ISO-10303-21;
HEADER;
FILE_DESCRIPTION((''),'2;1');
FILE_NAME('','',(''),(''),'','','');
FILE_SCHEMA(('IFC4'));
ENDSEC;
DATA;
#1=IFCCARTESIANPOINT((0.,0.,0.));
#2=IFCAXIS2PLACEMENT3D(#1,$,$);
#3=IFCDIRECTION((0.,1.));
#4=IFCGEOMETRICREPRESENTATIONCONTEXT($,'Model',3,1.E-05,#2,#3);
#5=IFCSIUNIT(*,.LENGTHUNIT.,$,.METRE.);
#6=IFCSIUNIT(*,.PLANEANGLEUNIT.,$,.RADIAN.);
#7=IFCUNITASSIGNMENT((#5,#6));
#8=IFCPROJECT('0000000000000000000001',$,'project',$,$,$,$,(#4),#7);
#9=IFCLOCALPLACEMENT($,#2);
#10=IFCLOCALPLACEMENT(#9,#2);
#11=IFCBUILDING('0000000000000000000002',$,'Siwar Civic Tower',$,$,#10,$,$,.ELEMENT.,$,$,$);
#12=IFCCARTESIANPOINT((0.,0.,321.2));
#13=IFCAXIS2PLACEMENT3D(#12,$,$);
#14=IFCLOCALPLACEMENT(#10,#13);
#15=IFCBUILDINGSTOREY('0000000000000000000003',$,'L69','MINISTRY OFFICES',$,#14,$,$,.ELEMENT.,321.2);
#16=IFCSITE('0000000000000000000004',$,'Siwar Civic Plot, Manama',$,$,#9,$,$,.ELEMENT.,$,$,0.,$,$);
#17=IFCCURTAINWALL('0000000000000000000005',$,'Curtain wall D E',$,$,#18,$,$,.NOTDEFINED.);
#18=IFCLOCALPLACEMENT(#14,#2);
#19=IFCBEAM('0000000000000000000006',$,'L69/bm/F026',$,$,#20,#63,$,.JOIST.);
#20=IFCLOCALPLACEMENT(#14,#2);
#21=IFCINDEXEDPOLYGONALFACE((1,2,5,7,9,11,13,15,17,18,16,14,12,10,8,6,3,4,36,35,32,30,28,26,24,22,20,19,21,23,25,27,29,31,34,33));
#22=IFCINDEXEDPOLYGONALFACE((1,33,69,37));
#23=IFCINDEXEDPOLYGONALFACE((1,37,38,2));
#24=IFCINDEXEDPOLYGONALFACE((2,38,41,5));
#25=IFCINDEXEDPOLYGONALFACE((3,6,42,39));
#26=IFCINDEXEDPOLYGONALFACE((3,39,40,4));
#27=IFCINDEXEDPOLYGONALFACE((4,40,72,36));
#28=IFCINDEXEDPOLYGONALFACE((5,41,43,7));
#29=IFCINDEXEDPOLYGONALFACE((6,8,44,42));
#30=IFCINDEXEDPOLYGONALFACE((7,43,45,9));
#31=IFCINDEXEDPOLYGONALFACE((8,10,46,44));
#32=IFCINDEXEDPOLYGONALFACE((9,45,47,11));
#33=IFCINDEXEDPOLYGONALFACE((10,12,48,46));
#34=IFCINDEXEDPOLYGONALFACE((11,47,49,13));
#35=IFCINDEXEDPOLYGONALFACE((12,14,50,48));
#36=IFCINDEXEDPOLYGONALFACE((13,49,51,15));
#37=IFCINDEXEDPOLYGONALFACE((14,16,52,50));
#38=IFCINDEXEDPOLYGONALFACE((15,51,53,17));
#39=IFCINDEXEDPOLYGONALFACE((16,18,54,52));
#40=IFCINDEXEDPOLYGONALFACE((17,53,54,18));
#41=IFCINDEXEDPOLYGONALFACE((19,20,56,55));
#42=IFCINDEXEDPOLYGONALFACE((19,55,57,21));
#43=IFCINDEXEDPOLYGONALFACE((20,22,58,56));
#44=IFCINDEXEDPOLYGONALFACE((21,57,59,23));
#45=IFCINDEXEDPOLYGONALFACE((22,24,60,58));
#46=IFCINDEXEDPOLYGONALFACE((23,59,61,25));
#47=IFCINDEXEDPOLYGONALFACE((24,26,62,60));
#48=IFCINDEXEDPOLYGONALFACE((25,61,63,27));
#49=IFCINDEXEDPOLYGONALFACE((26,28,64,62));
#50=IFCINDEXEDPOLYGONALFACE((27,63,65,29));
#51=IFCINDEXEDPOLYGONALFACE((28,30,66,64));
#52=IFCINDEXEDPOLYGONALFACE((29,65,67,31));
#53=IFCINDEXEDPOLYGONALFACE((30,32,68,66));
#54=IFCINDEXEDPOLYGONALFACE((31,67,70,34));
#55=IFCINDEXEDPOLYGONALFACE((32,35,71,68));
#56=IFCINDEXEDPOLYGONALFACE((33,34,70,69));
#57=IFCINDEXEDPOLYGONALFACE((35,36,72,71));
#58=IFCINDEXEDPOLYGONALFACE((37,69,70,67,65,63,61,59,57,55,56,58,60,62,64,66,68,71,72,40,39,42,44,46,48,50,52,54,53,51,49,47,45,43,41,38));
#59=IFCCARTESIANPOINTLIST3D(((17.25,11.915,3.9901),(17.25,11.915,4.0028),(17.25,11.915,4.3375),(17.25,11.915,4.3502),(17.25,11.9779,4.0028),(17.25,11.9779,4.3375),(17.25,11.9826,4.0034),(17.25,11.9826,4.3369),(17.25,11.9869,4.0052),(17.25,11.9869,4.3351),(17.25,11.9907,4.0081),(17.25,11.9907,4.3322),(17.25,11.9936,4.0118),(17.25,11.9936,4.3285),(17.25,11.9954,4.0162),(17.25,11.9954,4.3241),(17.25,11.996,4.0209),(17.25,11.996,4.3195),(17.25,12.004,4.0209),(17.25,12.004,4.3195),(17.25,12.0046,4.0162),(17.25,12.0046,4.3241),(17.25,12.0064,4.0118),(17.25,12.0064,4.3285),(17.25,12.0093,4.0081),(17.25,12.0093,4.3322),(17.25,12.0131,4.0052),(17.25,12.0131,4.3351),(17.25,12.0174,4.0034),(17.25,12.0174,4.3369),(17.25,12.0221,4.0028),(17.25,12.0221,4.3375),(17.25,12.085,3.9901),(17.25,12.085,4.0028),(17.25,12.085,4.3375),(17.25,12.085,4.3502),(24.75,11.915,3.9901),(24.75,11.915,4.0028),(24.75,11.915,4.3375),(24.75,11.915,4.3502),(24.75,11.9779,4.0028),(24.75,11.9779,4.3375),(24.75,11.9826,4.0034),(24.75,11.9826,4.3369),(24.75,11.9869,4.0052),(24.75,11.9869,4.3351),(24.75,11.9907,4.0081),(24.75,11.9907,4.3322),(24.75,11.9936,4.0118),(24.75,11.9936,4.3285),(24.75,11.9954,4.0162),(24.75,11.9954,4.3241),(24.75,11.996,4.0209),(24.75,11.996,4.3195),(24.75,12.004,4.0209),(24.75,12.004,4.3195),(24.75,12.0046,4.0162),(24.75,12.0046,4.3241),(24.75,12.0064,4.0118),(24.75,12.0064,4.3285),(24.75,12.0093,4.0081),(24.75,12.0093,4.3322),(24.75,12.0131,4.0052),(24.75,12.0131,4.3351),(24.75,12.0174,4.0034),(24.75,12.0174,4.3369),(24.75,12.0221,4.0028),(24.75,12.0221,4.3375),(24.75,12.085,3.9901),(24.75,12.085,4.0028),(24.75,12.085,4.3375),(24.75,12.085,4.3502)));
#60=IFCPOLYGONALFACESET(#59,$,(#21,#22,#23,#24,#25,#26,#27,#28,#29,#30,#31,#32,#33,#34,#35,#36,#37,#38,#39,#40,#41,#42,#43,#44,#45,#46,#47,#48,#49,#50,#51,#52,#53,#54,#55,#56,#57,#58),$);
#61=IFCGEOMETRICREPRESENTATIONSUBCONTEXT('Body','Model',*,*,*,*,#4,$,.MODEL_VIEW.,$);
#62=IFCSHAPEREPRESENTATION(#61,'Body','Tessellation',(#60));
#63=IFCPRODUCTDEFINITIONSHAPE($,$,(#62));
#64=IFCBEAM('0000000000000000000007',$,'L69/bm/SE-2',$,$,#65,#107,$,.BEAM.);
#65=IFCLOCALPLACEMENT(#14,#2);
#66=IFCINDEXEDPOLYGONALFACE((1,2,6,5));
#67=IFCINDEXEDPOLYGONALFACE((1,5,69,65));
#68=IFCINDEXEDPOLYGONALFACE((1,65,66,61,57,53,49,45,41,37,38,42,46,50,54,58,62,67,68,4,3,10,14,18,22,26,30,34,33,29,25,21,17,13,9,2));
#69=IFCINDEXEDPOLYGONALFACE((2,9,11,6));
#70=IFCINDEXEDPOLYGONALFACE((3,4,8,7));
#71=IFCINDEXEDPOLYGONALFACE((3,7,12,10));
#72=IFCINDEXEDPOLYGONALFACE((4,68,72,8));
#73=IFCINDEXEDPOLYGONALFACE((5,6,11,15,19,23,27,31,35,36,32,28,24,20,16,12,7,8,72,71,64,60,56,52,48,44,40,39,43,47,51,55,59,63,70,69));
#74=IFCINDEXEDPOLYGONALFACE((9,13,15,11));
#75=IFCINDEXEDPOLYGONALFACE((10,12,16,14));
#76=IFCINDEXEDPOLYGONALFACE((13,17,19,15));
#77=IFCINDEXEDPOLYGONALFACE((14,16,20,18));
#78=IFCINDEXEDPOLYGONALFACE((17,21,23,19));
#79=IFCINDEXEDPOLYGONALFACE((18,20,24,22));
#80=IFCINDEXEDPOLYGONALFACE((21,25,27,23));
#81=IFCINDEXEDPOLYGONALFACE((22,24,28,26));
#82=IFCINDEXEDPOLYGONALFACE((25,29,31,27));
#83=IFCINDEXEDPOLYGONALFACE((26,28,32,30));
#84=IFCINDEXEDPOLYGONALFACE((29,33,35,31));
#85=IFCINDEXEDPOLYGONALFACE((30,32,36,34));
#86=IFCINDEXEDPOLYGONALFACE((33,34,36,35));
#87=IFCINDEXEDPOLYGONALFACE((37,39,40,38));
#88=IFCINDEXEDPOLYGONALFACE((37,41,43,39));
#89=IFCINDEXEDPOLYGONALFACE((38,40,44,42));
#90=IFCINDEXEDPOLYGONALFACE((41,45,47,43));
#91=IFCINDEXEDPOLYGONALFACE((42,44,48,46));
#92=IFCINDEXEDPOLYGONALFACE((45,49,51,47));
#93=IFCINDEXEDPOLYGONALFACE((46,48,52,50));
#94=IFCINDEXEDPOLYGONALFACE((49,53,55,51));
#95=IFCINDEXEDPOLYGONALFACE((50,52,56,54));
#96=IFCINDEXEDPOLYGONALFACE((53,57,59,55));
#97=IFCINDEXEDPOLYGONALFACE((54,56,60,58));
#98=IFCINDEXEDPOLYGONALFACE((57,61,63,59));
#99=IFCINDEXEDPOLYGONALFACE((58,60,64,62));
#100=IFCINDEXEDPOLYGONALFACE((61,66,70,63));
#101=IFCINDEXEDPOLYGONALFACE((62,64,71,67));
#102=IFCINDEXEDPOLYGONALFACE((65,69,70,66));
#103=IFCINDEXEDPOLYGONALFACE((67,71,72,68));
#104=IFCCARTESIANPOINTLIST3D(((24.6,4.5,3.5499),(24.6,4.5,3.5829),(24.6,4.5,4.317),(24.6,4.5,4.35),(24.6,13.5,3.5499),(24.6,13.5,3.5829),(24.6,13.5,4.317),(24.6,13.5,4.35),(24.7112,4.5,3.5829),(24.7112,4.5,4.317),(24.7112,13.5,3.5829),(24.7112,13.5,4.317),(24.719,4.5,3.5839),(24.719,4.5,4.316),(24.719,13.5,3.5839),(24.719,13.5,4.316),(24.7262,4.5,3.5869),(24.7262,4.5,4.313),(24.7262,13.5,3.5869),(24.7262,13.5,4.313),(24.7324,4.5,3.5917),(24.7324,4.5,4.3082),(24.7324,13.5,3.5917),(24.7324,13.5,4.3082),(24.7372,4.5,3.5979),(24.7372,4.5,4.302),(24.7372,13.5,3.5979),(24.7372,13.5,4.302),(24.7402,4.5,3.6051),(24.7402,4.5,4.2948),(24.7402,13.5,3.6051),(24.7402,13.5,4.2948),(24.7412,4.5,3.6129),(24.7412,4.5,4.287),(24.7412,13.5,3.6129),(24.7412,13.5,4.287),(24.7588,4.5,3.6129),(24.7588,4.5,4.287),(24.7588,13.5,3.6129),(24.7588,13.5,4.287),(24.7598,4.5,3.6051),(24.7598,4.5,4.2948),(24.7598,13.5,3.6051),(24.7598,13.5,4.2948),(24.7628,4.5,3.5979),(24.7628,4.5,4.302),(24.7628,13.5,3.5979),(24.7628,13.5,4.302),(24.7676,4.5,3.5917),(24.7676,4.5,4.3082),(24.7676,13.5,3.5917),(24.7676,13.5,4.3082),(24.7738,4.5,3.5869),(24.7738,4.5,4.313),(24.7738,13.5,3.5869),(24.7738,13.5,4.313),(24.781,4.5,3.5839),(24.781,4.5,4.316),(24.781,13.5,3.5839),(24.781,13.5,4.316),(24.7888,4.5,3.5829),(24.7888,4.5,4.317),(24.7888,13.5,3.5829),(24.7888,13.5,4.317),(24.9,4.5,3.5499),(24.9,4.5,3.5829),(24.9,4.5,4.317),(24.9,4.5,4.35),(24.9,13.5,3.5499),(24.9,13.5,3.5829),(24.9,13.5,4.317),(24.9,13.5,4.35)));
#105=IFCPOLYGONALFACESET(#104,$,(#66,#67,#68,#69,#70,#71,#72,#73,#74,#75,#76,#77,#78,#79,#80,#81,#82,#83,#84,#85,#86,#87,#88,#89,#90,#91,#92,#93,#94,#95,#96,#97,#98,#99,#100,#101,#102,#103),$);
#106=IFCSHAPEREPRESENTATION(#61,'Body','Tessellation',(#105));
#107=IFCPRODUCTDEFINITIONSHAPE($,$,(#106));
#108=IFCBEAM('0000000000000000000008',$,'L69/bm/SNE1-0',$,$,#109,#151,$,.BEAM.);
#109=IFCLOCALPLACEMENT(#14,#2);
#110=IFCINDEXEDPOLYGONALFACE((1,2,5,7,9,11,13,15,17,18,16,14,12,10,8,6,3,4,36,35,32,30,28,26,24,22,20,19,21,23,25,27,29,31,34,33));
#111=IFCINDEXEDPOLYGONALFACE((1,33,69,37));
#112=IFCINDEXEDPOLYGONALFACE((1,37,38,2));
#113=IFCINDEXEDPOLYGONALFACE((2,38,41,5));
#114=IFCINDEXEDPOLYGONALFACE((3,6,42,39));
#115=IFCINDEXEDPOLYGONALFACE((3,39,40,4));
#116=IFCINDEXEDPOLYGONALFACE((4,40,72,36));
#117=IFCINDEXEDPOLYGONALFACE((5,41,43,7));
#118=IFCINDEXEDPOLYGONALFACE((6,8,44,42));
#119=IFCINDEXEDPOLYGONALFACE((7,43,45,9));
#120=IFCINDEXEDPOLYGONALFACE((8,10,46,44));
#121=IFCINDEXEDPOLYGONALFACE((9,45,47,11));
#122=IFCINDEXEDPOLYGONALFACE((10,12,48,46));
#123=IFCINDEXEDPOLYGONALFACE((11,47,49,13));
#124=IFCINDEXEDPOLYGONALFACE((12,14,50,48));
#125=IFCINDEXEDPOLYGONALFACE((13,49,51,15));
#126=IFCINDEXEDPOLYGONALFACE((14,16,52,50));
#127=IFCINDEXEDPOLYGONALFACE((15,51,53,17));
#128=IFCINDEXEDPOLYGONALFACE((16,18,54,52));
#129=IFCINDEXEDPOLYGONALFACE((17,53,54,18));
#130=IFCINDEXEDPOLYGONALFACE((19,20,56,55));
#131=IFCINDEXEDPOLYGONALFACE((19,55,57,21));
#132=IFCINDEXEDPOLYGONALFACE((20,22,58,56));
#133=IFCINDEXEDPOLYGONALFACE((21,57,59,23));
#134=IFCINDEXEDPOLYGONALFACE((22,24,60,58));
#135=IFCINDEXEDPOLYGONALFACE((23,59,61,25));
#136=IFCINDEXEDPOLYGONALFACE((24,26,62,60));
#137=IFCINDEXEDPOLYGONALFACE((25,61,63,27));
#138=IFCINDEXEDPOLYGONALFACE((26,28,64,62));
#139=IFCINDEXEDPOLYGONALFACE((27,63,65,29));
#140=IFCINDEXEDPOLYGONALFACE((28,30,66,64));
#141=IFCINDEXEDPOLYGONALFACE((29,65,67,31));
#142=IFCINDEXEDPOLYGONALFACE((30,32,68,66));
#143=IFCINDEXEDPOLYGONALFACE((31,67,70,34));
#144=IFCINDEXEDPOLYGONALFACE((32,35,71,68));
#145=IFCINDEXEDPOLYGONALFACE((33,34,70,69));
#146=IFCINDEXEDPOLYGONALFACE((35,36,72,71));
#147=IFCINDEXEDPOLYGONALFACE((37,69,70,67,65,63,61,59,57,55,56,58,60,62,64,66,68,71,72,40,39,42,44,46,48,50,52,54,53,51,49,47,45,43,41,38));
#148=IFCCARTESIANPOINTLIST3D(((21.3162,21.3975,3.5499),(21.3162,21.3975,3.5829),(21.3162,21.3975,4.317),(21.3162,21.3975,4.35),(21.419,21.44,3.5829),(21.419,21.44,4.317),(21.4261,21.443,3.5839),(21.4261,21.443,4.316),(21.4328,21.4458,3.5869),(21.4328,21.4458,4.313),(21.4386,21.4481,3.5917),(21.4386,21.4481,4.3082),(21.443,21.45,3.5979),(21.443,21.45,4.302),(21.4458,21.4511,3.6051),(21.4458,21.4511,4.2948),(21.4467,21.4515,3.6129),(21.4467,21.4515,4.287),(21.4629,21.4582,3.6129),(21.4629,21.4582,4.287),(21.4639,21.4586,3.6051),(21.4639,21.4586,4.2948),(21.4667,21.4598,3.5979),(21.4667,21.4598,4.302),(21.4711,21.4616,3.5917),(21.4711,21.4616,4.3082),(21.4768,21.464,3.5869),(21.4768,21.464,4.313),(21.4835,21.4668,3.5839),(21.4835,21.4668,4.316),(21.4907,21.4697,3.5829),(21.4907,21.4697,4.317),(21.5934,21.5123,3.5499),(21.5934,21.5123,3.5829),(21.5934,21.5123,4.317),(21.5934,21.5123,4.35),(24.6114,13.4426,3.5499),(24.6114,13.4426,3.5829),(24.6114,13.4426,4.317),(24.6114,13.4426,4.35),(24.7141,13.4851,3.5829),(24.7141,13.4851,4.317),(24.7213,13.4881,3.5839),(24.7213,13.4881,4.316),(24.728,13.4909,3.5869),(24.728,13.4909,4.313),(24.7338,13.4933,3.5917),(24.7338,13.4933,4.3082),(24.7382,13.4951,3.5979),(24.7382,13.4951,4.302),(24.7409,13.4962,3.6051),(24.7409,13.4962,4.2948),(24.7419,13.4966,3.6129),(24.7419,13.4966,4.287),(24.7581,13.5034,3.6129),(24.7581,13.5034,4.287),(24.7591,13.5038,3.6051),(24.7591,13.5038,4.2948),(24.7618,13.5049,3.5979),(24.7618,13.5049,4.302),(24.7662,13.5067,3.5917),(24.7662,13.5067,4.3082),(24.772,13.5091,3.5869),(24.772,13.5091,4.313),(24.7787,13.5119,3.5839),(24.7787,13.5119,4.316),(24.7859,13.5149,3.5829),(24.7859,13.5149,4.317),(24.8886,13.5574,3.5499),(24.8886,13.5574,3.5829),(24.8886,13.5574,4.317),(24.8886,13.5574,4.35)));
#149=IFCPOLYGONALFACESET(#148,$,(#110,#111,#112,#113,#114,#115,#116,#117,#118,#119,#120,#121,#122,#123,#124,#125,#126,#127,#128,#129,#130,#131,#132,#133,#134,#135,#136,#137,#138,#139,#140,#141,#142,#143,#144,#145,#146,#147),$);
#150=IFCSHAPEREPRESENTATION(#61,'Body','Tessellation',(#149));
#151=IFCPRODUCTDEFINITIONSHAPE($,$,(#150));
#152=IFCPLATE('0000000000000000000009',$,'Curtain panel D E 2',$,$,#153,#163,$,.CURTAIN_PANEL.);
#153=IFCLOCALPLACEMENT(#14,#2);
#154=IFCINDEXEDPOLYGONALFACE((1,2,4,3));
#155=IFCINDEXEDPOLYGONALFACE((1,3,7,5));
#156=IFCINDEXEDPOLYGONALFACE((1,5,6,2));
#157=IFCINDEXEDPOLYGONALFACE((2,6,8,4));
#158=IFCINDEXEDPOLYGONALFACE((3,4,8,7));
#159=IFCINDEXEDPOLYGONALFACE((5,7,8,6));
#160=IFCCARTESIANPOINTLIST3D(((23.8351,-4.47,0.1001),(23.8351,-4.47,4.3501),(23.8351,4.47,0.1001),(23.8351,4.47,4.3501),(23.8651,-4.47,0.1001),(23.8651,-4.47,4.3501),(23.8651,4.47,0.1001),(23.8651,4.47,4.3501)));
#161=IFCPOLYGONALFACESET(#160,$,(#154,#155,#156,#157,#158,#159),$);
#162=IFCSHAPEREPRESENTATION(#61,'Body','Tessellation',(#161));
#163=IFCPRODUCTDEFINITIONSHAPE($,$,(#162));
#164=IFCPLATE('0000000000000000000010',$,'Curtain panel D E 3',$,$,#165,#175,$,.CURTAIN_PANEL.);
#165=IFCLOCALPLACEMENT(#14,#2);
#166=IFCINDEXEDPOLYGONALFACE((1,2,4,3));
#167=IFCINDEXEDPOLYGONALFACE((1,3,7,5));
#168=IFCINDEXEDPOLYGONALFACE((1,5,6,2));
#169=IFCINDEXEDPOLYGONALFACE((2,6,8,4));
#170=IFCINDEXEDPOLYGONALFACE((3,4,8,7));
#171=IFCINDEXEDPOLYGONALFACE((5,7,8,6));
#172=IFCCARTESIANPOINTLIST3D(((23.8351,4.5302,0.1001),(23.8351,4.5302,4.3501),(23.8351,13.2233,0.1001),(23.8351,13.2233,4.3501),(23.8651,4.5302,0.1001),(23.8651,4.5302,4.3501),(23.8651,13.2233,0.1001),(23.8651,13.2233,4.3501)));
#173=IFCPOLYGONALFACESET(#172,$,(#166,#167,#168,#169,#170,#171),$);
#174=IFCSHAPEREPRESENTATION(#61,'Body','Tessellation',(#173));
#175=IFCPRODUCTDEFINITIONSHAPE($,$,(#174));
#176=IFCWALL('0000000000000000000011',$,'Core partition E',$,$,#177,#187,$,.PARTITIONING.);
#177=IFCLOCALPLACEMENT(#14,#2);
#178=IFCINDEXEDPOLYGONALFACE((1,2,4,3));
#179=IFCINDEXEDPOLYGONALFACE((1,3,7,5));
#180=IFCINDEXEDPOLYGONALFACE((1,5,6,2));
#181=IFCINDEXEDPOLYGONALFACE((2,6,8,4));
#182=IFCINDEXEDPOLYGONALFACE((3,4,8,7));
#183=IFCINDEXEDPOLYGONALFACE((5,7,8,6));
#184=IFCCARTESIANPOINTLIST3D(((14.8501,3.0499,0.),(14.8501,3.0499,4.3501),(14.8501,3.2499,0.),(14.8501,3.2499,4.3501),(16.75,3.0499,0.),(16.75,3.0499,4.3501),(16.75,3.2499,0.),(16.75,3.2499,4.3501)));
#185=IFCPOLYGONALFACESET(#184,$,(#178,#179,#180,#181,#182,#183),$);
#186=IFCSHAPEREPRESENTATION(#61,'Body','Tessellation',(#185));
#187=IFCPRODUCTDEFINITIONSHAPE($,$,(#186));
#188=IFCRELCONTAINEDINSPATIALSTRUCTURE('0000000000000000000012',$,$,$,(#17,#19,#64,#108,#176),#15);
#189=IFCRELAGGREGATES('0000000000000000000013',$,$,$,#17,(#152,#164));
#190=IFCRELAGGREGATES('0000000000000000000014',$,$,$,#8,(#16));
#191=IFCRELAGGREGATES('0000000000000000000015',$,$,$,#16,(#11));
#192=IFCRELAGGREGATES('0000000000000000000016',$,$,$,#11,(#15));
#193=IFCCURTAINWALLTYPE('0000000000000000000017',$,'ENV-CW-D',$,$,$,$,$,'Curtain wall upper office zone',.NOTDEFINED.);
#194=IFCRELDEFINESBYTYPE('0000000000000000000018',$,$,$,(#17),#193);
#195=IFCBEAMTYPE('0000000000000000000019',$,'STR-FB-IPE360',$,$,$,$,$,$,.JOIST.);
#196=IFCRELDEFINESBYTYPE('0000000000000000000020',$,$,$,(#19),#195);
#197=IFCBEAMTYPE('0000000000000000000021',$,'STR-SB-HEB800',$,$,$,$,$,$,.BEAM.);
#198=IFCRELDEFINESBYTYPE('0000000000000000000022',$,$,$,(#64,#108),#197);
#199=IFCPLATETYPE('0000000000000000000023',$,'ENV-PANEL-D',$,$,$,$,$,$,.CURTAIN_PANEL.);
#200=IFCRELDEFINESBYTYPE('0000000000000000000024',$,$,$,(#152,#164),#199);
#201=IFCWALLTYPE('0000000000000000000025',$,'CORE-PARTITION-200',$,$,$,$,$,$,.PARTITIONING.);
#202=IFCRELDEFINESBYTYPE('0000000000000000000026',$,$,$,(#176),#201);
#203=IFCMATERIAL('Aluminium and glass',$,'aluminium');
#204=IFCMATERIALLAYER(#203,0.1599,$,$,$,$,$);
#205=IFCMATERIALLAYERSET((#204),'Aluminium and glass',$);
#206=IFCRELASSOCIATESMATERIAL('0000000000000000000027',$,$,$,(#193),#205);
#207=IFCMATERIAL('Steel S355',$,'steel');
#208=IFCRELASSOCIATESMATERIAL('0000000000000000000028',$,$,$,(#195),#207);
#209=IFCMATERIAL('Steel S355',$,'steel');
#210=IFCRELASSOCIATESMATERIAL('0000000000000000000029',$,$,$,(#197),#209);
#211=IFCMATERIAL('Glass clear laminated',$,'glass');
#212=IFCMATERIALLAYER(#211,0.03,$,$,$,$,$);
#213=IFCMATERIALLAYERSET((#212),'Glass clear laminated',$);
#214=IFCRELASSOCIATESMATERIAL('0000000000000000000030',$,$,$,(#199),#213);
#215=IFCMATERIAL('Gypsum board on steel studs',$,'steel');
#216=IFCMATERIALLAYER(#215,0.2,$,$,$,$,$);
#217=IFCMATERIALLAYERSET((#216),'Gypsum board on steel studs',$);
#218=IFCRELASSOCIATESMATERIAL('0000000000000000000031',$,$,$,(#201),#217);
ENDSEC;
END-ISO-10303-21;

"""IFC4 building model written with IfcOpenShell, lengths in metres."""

from ifc_helpers import new_model, si_unit, direction, frame, frame_2d, origin, origin_2d, place, context, subcontext, project, spatial, rectangle, i_section, extrude, material, layer, layer_set, material_profile, profile_set, type_object, element, aggregate, save


model = new_model("IFC4")

# Units and contexts
model_context = context("Model", 3, precision=1e-05, world=origin(), true_north=direction((0.0, 1.0)))
body_context = subcontext(model_context, "Body", "Model", "MODEL_VIEW")
ifc_project = project(units=[si_unit("LENGTHUNIT", "METRE"), si_unit("PLANEANGLEUNIT", "RADIAN")], contexts=[model_context])

# Site, building, storey
site_placement = place(None, origin())
site = spatial("IfcSite", under=ifc_project, at=site_placement, Name="Siwar Civic Plot, Manama", CompositionType="ELEMENT", RefElevation=0.0)
building_placement = place(site_placement, origin())
building = spatial("IfcBuilding", under=site, at=building_placement, Name="Siwar Civic Tower", CompositionType="ELEMENT")
storey_placement = place(building_placement, frame((0.0, 0.0, 321.2)))
storey = spatial("IfcBuildingStorey", under=building, at=storey_placement, Name="L69", Description="MINISTRY OFFICES", CompositionType="ELEMENT", Elevation=321.2)

# Curtain wall
ifc_material_1 = material(Name="Aluminium and glass", Category="aluminium")
ifc_layer_1 = layer(ifc_material_1, 0.1599)
ifc_layer_set_1 = layer_set([ifc_layer_1], Name="Aluminium and glass")
curtain_wall_type_1 = type_object("IfcCurtainWallType", Name="ENV-CW-D", ElementType="Curtain wall upper office zone", PredefinedType="NOTDEFINED", material=ifc_layer_set_1)
curtain_wall_1_placement = place(storey_placement, origin())
curtain_wall_1 = element("IfcCurtainWall", 1, at=curtain_wall_1_placement, inside=storey, type_object=curtain_wall_type_1, Name="Curtain wall D E", PredefinedType="NOTDEFINED")

# Beams
ifc_material_2 = material(Name="Steel S355", Category="steel")
ifc_material_profile_1 = material_profile(ifc_material_2, i_section(OverallWidth=0.1699, OverallDepth=0.3601, WebThickness=0.0081, FlangeThickness=0.0127, FilletRadius=0.0181, at=origin_2d()), Name="IPE360")
ifc_profile_set_1 = profile_set([ifc_material_profile_1], Name="Steel S355")
beam_type_1 = type_object("IfcBeamType", Name="STR-FB-IPE360", PredefinedType="JOIST", material=ifc_profile_set_1)
for number, where, z_axis, x_axis, name in (
    (2, (17.25, 12.0, 4.1702), (1.0, 0.0, 0.0), (0.0, 1.0, 0.0), "L69/bm/F026"),
):
    element("IfcBeam", number, at=place(storey_placement, frame(where, z_axis=z_axis, x_axis=x_axis)), inside=storey, type_object=beam_type_1, Name=name, PredefinedType="JOIST", context=body_context, shape_type="SweptSolid", body=[
        extrude(i_section(OverallWidth=0.1699, OverallDepth=0.3601, WebThickness=0.0081, FlangeThickness=0.0127, FilletRadius=0.0181, at=origin_2d()), origin(), (0.0, 0.0, 1.0), 7.5),
    ])
ifc_material_3 = material(Name="Steel S355", Category="steel")
ifc_material_profile_2 = material_profile(ifc_material_3, i_section(OverallWidth=0.3, OverallDepth=0.8, WebThickness=0.0176, FlangeThickness=0.033, FilletRadius=0.03, at=origin_2d()), Name="HEB800")
ifc_profile_set_2 = profile_set([ifc_material_profile_2], Name="Steel S355")
beam_type_2 = type_object("IfcBeamType", Name="STR-SB-HEB800", PredefinedType="BEAM", material=ifc_profile_set_2)
beam_1_placement = place(storey_placement, frame((24.75, 4.5, 3.95), z_axis=(0.0, 1.0, 0.0), x_axis=(-1.0, 0.0, 0.0)))
element("IfcBeam", 3, at=beam_1_placement, inside=storey, type_object=beam_type_2, Name="L69/bm/SE-2", PredefinedType="BEAM", context=body_context, shape_type="SweptSolid", body=[
    extrude(i_section(OverallWidth=0.3, OverallDepth=0.8, WebThickness=0.0176, FlangeThickness=0.033, FilletRadius=0.03, at=origin_2d()), origin(), (0.0, 0.0, 1.0), 9.0),
])
beam_2_placement = place(storey_placement, frame((24.75, 13.5, 3.95), z_axis=(-0.3827, 0.923873, 0.0), x_axis=(-0.923873, -0.3827, 0.0)))
element("IfcBeam", 4, at=beam_2_placement, inside=storey, type_object=beam_type_2, Name="L69/bm/SNE1-0", PredefinedType="BEAM", context=body_context, shape_type="SweptSolid", body=[
    extrude(i_section(OverallWidth=0.3, OverallDepth=0.8, WebThickness=0.0176, FlangeThickness=0.033, FilletRadius=0.03, at=origin_2d()), origin(), (0.0, 0.0, 1.0), 8.6104),
])

# Plates
ifc_material_4 = material(Name="Glass clear laminated", Category="glass")
ifc_layer_2 = layer(ifc_material_4, 0.03)
ifc_layer_set_2 = layer_set([ifc_layer_2], Name="Glass clear laminated")
plate_type = type_object("IfcPlateType", Name="ENV-PANEL-D", PredefinedType="CURTAIN_PANEL", material=ifc_layer_set_2)
plate_1_placement = place(storey_placement, frame((23.8501, 0.0, 0.1001), z_axis=(0.0, 0.0, 1.0), x_axis=(0.0, 1.0, 0.0)))
plate_1 = element("IfcPlate", 5, at=plate_1_placement, type_object=plate_type, Name="Curtain panel D E 2", PredefinedType="CURTAIN_PANEL", context=body_context, shape_type="SweptSolid", body=[
    extrude(rectangle(XDim=8.9399, YDim=0.03, at=origin_2d()), origin(), (0.0, 0.0, 1.0), 4.25),
])
plate_2_placement = place(storey_placement, frame((23.8501, 8.8767, 0.1001), z_axis=(0.0, 0.0, 1.0), x_axis=(0.0, 1.0, 0.0)))
plate_2 = element("IfcPlate", 6, at=plate_2_placement, type_object=plate_type, Name="Curtain panel D E 3", PredefinedType="CURTAIN_PANEL", context=body_context, shape_type="SweptSolid", body=[
    extrude(rectangle(XDim=8.6931, YDim=0.03, at=origin_2d()), origin(), (0.0, 0.0, 1.0), 4.25),
])
aggregate(curtain_wall_1, [plate_1, plate_2])

# Wall
ifc_material_5 = material(Name="Gypsum board on steel studs", Category="steel")
ifc_layer_3 = layer(ifc_material_5, 0.2)
ifc_layer_set_3 = layer_set([ifc_layer_3], Name="Gypsum board on steel studs")
wall_type_1 = type_object("IfcWallType", Name="CORE-PARTITION-200", PredefinedType="PARTITIONING", material=ifc_layer_set_3)
for number, where, z_axis, x_axis, name in (
    (7, (14.8501, 3.1499, 0.0), (0.0, 0.0, 1.0), (1.0, 0.0, 0.0), "Core partition E"),
):
    element("IfcWall", number, at=place(storey_placement, frame(where, z_axis=z_axis, x_axis=x_axis)), inside=storey, type_object=wall_type_1, Name=name, PredefinedType="PARTITIONING", context=body_context, shape_type="SweptSolid", body=[
        extrude(rectangle(XDim=1.8999, YDim=0.2, at=frame_2d((0.95, 0.0))), origin(), (0.0, 0.0, 1.0), 4.3501),
    ])

save(model, "model.ifc")
